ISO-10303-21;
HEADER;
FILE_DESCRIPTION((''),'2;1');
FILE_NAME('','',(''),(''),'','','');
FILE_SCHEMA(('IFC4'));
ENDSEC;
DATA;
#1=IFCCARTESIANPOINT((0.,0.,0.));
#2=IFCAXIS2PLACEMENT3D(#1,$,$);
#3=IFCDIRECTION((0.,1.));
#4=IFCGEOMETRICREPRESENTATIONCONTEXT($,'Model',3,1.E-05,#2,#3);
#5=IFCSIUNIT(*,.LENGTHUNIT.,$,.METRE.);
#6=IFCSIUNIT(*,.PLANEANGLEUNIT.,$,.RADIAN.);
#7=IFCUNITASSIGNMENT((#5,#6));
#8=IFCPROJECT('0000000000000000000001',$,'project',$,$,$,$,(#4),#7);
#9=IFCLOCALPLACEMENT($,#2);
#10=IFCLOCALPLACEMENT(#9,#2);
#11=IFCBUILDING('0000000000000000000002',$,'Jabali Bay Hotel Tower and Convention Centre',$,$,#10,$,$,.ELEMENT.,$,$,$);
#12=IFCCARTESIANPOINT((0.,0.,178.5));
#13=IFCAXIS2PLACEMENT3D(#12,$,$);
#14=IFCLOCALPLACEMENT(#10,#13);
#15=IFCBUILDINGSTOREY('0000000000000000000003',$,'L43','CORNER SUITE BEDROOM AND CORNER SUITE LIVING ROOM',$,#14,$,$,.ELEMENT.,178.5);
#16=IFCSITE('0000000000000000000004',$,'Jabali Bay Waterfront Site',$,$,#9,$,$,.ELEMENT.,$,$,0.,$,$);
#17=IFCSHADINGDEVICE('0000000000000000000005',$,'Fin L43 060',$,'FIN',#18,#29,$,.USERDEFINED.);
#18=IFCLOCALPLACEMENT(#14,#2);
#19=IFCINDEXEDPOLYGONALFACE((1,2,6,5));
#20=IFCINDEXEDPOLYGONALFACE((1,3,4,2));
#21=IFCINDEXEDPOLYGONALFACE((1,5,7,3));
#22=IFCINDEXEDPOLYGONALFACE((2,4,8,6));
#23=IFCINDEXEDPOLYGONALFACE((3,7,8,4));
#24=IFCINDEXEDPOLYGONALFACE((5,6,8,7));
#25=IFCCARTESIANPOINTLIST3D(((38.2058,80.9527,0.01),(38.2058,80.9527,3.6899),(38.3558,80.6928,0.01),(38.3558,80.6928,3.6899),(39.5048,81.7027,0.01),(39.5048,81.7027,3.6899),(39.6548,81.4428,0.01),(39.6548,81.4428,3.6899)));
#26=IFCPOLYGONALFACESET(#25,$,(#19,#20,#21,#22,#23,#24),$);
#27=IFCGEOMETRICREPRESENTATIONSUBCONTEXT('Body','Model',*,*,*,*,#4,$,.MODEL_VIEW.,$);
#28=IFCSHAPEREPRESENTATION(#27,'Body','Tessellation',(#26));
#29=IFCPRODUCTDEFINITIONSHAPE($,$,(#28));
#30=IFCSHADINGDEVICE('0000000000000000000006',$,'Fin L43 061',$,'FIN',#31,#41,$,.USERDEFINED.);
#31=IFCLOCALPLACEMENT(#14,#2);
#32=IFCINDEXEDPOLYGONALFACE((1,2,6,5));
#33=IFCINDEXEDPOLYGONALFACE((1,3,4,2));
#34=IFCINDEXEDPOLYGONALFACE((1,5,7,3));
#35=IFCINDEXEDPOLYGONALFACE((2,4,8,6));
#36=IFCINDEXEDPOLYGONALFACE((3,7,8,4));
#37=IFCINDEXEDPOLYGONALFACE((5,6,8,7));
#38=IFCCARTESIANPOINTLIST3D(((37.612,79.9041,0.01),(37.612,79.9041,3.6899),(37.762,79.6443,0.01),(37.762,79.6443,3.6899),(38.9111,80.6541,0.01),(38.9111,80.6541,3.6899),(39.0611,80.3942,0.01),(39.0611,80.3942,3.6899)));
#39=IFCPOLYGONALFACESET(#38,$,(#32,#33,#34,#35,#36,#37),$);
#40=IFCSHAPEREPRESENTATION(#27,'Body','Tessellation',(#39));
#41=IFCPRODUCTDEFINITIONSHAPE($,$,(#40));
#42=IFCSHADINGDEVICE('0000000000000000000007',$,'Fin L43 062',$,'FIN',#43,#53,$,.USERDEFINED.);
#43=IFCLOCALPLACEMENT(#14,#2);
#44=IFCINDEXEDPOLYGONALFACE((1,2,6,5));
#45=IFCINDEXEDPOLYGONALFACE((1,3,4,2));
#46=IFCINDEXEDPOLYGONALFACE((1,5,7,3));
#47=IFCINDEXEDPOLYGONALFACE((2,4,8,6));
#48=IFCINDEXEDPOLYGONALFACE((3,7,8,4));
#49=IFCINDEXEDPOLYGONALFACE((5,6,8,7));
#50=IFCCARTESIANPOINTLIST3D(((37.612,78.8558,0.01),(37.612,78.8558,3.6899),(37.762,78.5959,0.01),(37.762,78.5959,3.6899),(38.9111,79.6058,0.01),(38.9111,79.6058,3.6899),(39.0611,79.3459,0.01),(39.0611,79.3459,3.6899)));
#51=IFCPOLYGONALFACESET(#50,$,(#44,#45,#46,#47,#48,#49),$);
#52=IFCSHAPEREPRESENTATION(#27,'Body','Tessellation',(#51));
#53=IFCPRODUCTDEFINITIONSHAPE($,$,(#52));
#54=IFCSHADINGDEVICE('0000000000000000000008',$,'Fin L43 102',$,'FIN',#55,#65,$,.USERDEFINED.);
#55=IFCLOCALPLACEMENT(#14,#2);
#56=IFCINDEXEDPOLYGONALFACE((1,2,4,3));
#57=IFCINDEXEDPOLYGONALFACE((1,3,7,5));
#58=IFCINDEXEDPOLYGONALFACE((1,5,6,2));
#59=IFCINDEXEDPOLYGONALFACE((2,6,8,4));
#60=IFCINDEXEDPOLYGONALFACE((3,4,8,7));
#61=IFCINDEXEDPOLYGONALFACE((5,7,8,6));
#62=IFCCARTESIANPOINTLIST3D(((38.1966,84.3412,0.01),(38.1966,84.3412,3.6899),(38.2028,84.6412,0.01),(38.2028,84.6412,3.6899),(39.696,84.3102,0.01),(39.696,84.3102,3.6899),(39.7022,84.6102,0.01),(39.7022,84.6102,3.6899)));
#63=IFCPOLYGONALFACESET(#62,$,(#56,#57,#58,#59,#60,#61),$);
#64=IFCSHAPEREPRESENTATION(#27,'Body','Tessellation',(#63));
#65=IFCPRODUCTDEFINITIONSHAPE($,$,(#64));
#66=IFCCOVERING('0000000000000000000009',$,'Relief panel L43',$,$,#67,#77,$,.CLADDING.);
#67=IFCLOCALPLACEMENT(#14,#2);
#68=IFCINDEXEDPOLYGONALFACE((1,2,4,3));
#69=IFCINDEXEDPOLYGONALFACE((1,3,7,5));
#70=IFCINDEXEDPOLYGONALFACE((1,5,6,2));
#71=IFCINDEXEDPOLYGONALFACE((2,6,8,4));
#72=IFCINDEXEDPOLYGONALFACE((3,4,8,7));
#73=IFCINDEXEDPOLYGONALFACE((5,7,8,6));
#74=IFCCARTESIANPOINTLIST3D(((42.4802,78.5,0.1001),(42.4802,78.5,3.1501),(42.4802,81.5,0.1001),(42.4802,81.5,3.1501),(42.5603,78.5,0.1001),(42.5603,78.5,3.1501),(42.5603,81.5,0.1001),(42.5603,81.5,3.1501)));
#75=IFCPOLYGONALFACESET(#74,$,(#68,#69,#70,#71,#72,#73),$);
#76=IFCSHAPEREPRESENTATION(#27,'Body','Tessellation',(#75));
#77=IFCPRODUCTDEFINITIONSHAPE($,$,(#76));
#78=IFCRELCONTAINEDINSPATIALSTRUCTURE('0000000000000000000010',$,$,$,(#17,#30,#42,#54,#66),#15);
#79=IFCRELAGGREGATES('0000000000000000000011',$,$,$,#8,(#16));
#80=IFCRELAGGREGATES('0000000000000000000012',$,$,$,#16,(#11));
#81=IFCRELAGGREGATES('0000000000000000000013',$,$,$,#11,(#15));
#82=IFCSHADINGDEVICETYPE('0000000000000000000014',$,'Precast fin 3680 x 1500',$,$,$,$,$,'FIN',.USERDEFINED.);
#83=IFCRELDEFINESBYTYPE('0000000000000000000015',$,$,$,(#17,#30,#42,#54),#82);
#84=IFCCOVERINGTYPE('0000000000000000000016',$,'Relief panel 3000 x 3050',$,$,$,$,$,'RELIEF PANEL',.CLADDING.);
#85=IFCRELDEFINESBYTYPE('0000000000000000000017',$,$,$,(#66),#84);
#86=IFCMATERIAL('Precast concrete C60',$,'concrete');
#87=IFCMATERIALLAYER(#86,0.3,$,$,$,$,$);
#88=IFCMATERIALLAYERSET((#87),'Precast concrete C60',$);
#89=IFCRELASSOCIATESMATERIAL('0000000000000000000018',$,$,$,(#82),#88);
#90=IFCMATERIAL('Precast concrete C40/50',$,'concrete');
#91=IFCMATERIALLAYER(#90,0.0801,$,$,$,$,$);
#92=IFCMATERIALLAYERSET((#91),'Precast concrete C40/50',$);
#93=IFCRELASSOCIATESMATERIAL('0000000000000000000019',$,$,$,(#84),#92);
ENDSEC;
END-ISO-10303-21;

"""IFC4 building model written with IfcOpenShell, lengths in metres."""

from ifc_helpers import new_model, si_unit, direction, frame, frame_2d, origin, origin_2d, place, context, subcontext, project, spatial, rectangle, extrude, material, layer, layer_set, type_object, element, save


model = new_model("IFC4")

# Units and contexts
model_context = context("Model", 3, precision=1e-05, world=origin(), true_north=direction((0.0, 1.0)))
body_context = subcontext(model_context, "Body", "Model", "MODEL_VIEW")
ifc_project = project(units=[si_unit("LENGTHUNIT", "METRE"), si_unit("PLANEANGLEUNIT", "RADIAN")], contexts=[model_context])

# Site, building, storey
site_placement = place(None, origin())
site = spatial("IfcSite", under=ifc_project, at=site_placement, Name="Jabali Bay Waterfront Site", CompositionType="ELEMENT", RefElevation=0.0)
building_placement = place(site_placement, origin())
building = spatial("IfcBuilding", under=site, at=building_placement, Name="Jabali Bay Hotel Tower and Convention Centre", CompositionType="ELEMENT")
storey_placement = place(building_placement, frame((0.0, 0.0, 178.5)))
storey = spatial("IfcBuildingStorey", under=building, at=storey_placement, Name="L43", Description="CORNER SUITE BEDROOM AND CORNER SUITE LIVING ROOM", CompositionType="ELEMENT", Elevation=178.5)

# Shading devices
ifc_material_1 = material(Name="Precast concrete C60", Category="concrete")
ifc_layer_1 = layer(ifc_material_1, 0.3)
ifc_layer_set_1 = layer_set([ifc_layer_1], Name="Precast concrete C60")
shading_device_type = type_object("IfcShadingDeviceType", Name="Precast fin 3680 x 1500", ElementType="FIN", PredefinedType="USERDEFINED", material=ifc_layer_set_1)
for number, where, z_axis, x_axis, name in (
    (1, (39.5798, 81.5728, 0.01), (0.0, 0.0, 1.0), (-0.866031, -0.49999, 0.0), "Fin L43 060"),
    (2, (38.9861, 80.5242, 0.01), (0.0, 0.0, 1.0), (-0.866031, -0.49999, 0.0), "Fin L43 061"),
    (3, (38.9861, 79.4758, 0.01), (0.0, 0.0, 1.0), (-0.866031, -0.49999, 0.0), "Fin L43 062"),
):
    element("IfcShadingDevice", number, at=place(storey_placement, frame(where, z_axis=z_axis, x_axis=x_axis)), inside=storey, type_object=shading_device_type, Name=name, ObjectType="FIN", PredefinedType="USERDEFINED", context=body_context, shape_type="SweptSolid", body=[
        extrude(rectangle(XDim=1.5, YDim=0.3, at=frame_2d((0.75, 0.0))), origin(), (0.0, 0.0, 1.0), 3.6799),
    ])
shading_device_1_placement = place(storey_placement, frame((39.6992, 84.4602, 0.01), z_axis=(0.0, 0.0, 1.0), x_axis=(-0.999786, 0.020673, 0.0)))
element("IfcShadingDevice", 4, at=shading_device_1_placement, inside=storey, type_object=shading_device_type, Name="Fin L43 102", ObjectType="FIN", PredefinedType="USERDEFINED", context=body_context, shape_type="SweptSolid", body=[
    extrude(rectangle(XDim=1.4998, YDim=0.3, at=frame_2d((0.75, 0.0))), origin(), (0.0, 0.0, 1.0), 3.6799),
])

# Covering
ifc_material_2 = material(Name="Precast concrete C40/50", Category="concrete")
ifc_layer_2 = layer(ifc_material_2, 0.0801)
ifc_layer_set_2 = layer_set([ifc_layer_2], Name="Precast concrete C40/50")
covering_type = type_object("IfcCoveringType", Name="Relief panel 3000 x 3050", ElementType="RELIEF PANEL", PredefinedType="CLADDING", material=ifc_layer_set_2)
covering_placement = place(storey_placement, frame((42.5203, 80.0, 0.1001), z_axis=(0.0, 0.0, 1.0), x_axis=(0.0, 1.0, 0.0)))
element("IfcCovering", 5, at=covering_placement, inside=storey, type_object=covering_type, Name="Relief panel L43", PredefinedType="CLADDING", context=body_context, shape_type="SweptSolid", body=[
    extrude(rectangle(XDim=3.0, YDim=0.0801, at=origin_2d()), origin(), (0.0, 0.0, 1.0), 3.05),
])

save(model, "model.ifc")
